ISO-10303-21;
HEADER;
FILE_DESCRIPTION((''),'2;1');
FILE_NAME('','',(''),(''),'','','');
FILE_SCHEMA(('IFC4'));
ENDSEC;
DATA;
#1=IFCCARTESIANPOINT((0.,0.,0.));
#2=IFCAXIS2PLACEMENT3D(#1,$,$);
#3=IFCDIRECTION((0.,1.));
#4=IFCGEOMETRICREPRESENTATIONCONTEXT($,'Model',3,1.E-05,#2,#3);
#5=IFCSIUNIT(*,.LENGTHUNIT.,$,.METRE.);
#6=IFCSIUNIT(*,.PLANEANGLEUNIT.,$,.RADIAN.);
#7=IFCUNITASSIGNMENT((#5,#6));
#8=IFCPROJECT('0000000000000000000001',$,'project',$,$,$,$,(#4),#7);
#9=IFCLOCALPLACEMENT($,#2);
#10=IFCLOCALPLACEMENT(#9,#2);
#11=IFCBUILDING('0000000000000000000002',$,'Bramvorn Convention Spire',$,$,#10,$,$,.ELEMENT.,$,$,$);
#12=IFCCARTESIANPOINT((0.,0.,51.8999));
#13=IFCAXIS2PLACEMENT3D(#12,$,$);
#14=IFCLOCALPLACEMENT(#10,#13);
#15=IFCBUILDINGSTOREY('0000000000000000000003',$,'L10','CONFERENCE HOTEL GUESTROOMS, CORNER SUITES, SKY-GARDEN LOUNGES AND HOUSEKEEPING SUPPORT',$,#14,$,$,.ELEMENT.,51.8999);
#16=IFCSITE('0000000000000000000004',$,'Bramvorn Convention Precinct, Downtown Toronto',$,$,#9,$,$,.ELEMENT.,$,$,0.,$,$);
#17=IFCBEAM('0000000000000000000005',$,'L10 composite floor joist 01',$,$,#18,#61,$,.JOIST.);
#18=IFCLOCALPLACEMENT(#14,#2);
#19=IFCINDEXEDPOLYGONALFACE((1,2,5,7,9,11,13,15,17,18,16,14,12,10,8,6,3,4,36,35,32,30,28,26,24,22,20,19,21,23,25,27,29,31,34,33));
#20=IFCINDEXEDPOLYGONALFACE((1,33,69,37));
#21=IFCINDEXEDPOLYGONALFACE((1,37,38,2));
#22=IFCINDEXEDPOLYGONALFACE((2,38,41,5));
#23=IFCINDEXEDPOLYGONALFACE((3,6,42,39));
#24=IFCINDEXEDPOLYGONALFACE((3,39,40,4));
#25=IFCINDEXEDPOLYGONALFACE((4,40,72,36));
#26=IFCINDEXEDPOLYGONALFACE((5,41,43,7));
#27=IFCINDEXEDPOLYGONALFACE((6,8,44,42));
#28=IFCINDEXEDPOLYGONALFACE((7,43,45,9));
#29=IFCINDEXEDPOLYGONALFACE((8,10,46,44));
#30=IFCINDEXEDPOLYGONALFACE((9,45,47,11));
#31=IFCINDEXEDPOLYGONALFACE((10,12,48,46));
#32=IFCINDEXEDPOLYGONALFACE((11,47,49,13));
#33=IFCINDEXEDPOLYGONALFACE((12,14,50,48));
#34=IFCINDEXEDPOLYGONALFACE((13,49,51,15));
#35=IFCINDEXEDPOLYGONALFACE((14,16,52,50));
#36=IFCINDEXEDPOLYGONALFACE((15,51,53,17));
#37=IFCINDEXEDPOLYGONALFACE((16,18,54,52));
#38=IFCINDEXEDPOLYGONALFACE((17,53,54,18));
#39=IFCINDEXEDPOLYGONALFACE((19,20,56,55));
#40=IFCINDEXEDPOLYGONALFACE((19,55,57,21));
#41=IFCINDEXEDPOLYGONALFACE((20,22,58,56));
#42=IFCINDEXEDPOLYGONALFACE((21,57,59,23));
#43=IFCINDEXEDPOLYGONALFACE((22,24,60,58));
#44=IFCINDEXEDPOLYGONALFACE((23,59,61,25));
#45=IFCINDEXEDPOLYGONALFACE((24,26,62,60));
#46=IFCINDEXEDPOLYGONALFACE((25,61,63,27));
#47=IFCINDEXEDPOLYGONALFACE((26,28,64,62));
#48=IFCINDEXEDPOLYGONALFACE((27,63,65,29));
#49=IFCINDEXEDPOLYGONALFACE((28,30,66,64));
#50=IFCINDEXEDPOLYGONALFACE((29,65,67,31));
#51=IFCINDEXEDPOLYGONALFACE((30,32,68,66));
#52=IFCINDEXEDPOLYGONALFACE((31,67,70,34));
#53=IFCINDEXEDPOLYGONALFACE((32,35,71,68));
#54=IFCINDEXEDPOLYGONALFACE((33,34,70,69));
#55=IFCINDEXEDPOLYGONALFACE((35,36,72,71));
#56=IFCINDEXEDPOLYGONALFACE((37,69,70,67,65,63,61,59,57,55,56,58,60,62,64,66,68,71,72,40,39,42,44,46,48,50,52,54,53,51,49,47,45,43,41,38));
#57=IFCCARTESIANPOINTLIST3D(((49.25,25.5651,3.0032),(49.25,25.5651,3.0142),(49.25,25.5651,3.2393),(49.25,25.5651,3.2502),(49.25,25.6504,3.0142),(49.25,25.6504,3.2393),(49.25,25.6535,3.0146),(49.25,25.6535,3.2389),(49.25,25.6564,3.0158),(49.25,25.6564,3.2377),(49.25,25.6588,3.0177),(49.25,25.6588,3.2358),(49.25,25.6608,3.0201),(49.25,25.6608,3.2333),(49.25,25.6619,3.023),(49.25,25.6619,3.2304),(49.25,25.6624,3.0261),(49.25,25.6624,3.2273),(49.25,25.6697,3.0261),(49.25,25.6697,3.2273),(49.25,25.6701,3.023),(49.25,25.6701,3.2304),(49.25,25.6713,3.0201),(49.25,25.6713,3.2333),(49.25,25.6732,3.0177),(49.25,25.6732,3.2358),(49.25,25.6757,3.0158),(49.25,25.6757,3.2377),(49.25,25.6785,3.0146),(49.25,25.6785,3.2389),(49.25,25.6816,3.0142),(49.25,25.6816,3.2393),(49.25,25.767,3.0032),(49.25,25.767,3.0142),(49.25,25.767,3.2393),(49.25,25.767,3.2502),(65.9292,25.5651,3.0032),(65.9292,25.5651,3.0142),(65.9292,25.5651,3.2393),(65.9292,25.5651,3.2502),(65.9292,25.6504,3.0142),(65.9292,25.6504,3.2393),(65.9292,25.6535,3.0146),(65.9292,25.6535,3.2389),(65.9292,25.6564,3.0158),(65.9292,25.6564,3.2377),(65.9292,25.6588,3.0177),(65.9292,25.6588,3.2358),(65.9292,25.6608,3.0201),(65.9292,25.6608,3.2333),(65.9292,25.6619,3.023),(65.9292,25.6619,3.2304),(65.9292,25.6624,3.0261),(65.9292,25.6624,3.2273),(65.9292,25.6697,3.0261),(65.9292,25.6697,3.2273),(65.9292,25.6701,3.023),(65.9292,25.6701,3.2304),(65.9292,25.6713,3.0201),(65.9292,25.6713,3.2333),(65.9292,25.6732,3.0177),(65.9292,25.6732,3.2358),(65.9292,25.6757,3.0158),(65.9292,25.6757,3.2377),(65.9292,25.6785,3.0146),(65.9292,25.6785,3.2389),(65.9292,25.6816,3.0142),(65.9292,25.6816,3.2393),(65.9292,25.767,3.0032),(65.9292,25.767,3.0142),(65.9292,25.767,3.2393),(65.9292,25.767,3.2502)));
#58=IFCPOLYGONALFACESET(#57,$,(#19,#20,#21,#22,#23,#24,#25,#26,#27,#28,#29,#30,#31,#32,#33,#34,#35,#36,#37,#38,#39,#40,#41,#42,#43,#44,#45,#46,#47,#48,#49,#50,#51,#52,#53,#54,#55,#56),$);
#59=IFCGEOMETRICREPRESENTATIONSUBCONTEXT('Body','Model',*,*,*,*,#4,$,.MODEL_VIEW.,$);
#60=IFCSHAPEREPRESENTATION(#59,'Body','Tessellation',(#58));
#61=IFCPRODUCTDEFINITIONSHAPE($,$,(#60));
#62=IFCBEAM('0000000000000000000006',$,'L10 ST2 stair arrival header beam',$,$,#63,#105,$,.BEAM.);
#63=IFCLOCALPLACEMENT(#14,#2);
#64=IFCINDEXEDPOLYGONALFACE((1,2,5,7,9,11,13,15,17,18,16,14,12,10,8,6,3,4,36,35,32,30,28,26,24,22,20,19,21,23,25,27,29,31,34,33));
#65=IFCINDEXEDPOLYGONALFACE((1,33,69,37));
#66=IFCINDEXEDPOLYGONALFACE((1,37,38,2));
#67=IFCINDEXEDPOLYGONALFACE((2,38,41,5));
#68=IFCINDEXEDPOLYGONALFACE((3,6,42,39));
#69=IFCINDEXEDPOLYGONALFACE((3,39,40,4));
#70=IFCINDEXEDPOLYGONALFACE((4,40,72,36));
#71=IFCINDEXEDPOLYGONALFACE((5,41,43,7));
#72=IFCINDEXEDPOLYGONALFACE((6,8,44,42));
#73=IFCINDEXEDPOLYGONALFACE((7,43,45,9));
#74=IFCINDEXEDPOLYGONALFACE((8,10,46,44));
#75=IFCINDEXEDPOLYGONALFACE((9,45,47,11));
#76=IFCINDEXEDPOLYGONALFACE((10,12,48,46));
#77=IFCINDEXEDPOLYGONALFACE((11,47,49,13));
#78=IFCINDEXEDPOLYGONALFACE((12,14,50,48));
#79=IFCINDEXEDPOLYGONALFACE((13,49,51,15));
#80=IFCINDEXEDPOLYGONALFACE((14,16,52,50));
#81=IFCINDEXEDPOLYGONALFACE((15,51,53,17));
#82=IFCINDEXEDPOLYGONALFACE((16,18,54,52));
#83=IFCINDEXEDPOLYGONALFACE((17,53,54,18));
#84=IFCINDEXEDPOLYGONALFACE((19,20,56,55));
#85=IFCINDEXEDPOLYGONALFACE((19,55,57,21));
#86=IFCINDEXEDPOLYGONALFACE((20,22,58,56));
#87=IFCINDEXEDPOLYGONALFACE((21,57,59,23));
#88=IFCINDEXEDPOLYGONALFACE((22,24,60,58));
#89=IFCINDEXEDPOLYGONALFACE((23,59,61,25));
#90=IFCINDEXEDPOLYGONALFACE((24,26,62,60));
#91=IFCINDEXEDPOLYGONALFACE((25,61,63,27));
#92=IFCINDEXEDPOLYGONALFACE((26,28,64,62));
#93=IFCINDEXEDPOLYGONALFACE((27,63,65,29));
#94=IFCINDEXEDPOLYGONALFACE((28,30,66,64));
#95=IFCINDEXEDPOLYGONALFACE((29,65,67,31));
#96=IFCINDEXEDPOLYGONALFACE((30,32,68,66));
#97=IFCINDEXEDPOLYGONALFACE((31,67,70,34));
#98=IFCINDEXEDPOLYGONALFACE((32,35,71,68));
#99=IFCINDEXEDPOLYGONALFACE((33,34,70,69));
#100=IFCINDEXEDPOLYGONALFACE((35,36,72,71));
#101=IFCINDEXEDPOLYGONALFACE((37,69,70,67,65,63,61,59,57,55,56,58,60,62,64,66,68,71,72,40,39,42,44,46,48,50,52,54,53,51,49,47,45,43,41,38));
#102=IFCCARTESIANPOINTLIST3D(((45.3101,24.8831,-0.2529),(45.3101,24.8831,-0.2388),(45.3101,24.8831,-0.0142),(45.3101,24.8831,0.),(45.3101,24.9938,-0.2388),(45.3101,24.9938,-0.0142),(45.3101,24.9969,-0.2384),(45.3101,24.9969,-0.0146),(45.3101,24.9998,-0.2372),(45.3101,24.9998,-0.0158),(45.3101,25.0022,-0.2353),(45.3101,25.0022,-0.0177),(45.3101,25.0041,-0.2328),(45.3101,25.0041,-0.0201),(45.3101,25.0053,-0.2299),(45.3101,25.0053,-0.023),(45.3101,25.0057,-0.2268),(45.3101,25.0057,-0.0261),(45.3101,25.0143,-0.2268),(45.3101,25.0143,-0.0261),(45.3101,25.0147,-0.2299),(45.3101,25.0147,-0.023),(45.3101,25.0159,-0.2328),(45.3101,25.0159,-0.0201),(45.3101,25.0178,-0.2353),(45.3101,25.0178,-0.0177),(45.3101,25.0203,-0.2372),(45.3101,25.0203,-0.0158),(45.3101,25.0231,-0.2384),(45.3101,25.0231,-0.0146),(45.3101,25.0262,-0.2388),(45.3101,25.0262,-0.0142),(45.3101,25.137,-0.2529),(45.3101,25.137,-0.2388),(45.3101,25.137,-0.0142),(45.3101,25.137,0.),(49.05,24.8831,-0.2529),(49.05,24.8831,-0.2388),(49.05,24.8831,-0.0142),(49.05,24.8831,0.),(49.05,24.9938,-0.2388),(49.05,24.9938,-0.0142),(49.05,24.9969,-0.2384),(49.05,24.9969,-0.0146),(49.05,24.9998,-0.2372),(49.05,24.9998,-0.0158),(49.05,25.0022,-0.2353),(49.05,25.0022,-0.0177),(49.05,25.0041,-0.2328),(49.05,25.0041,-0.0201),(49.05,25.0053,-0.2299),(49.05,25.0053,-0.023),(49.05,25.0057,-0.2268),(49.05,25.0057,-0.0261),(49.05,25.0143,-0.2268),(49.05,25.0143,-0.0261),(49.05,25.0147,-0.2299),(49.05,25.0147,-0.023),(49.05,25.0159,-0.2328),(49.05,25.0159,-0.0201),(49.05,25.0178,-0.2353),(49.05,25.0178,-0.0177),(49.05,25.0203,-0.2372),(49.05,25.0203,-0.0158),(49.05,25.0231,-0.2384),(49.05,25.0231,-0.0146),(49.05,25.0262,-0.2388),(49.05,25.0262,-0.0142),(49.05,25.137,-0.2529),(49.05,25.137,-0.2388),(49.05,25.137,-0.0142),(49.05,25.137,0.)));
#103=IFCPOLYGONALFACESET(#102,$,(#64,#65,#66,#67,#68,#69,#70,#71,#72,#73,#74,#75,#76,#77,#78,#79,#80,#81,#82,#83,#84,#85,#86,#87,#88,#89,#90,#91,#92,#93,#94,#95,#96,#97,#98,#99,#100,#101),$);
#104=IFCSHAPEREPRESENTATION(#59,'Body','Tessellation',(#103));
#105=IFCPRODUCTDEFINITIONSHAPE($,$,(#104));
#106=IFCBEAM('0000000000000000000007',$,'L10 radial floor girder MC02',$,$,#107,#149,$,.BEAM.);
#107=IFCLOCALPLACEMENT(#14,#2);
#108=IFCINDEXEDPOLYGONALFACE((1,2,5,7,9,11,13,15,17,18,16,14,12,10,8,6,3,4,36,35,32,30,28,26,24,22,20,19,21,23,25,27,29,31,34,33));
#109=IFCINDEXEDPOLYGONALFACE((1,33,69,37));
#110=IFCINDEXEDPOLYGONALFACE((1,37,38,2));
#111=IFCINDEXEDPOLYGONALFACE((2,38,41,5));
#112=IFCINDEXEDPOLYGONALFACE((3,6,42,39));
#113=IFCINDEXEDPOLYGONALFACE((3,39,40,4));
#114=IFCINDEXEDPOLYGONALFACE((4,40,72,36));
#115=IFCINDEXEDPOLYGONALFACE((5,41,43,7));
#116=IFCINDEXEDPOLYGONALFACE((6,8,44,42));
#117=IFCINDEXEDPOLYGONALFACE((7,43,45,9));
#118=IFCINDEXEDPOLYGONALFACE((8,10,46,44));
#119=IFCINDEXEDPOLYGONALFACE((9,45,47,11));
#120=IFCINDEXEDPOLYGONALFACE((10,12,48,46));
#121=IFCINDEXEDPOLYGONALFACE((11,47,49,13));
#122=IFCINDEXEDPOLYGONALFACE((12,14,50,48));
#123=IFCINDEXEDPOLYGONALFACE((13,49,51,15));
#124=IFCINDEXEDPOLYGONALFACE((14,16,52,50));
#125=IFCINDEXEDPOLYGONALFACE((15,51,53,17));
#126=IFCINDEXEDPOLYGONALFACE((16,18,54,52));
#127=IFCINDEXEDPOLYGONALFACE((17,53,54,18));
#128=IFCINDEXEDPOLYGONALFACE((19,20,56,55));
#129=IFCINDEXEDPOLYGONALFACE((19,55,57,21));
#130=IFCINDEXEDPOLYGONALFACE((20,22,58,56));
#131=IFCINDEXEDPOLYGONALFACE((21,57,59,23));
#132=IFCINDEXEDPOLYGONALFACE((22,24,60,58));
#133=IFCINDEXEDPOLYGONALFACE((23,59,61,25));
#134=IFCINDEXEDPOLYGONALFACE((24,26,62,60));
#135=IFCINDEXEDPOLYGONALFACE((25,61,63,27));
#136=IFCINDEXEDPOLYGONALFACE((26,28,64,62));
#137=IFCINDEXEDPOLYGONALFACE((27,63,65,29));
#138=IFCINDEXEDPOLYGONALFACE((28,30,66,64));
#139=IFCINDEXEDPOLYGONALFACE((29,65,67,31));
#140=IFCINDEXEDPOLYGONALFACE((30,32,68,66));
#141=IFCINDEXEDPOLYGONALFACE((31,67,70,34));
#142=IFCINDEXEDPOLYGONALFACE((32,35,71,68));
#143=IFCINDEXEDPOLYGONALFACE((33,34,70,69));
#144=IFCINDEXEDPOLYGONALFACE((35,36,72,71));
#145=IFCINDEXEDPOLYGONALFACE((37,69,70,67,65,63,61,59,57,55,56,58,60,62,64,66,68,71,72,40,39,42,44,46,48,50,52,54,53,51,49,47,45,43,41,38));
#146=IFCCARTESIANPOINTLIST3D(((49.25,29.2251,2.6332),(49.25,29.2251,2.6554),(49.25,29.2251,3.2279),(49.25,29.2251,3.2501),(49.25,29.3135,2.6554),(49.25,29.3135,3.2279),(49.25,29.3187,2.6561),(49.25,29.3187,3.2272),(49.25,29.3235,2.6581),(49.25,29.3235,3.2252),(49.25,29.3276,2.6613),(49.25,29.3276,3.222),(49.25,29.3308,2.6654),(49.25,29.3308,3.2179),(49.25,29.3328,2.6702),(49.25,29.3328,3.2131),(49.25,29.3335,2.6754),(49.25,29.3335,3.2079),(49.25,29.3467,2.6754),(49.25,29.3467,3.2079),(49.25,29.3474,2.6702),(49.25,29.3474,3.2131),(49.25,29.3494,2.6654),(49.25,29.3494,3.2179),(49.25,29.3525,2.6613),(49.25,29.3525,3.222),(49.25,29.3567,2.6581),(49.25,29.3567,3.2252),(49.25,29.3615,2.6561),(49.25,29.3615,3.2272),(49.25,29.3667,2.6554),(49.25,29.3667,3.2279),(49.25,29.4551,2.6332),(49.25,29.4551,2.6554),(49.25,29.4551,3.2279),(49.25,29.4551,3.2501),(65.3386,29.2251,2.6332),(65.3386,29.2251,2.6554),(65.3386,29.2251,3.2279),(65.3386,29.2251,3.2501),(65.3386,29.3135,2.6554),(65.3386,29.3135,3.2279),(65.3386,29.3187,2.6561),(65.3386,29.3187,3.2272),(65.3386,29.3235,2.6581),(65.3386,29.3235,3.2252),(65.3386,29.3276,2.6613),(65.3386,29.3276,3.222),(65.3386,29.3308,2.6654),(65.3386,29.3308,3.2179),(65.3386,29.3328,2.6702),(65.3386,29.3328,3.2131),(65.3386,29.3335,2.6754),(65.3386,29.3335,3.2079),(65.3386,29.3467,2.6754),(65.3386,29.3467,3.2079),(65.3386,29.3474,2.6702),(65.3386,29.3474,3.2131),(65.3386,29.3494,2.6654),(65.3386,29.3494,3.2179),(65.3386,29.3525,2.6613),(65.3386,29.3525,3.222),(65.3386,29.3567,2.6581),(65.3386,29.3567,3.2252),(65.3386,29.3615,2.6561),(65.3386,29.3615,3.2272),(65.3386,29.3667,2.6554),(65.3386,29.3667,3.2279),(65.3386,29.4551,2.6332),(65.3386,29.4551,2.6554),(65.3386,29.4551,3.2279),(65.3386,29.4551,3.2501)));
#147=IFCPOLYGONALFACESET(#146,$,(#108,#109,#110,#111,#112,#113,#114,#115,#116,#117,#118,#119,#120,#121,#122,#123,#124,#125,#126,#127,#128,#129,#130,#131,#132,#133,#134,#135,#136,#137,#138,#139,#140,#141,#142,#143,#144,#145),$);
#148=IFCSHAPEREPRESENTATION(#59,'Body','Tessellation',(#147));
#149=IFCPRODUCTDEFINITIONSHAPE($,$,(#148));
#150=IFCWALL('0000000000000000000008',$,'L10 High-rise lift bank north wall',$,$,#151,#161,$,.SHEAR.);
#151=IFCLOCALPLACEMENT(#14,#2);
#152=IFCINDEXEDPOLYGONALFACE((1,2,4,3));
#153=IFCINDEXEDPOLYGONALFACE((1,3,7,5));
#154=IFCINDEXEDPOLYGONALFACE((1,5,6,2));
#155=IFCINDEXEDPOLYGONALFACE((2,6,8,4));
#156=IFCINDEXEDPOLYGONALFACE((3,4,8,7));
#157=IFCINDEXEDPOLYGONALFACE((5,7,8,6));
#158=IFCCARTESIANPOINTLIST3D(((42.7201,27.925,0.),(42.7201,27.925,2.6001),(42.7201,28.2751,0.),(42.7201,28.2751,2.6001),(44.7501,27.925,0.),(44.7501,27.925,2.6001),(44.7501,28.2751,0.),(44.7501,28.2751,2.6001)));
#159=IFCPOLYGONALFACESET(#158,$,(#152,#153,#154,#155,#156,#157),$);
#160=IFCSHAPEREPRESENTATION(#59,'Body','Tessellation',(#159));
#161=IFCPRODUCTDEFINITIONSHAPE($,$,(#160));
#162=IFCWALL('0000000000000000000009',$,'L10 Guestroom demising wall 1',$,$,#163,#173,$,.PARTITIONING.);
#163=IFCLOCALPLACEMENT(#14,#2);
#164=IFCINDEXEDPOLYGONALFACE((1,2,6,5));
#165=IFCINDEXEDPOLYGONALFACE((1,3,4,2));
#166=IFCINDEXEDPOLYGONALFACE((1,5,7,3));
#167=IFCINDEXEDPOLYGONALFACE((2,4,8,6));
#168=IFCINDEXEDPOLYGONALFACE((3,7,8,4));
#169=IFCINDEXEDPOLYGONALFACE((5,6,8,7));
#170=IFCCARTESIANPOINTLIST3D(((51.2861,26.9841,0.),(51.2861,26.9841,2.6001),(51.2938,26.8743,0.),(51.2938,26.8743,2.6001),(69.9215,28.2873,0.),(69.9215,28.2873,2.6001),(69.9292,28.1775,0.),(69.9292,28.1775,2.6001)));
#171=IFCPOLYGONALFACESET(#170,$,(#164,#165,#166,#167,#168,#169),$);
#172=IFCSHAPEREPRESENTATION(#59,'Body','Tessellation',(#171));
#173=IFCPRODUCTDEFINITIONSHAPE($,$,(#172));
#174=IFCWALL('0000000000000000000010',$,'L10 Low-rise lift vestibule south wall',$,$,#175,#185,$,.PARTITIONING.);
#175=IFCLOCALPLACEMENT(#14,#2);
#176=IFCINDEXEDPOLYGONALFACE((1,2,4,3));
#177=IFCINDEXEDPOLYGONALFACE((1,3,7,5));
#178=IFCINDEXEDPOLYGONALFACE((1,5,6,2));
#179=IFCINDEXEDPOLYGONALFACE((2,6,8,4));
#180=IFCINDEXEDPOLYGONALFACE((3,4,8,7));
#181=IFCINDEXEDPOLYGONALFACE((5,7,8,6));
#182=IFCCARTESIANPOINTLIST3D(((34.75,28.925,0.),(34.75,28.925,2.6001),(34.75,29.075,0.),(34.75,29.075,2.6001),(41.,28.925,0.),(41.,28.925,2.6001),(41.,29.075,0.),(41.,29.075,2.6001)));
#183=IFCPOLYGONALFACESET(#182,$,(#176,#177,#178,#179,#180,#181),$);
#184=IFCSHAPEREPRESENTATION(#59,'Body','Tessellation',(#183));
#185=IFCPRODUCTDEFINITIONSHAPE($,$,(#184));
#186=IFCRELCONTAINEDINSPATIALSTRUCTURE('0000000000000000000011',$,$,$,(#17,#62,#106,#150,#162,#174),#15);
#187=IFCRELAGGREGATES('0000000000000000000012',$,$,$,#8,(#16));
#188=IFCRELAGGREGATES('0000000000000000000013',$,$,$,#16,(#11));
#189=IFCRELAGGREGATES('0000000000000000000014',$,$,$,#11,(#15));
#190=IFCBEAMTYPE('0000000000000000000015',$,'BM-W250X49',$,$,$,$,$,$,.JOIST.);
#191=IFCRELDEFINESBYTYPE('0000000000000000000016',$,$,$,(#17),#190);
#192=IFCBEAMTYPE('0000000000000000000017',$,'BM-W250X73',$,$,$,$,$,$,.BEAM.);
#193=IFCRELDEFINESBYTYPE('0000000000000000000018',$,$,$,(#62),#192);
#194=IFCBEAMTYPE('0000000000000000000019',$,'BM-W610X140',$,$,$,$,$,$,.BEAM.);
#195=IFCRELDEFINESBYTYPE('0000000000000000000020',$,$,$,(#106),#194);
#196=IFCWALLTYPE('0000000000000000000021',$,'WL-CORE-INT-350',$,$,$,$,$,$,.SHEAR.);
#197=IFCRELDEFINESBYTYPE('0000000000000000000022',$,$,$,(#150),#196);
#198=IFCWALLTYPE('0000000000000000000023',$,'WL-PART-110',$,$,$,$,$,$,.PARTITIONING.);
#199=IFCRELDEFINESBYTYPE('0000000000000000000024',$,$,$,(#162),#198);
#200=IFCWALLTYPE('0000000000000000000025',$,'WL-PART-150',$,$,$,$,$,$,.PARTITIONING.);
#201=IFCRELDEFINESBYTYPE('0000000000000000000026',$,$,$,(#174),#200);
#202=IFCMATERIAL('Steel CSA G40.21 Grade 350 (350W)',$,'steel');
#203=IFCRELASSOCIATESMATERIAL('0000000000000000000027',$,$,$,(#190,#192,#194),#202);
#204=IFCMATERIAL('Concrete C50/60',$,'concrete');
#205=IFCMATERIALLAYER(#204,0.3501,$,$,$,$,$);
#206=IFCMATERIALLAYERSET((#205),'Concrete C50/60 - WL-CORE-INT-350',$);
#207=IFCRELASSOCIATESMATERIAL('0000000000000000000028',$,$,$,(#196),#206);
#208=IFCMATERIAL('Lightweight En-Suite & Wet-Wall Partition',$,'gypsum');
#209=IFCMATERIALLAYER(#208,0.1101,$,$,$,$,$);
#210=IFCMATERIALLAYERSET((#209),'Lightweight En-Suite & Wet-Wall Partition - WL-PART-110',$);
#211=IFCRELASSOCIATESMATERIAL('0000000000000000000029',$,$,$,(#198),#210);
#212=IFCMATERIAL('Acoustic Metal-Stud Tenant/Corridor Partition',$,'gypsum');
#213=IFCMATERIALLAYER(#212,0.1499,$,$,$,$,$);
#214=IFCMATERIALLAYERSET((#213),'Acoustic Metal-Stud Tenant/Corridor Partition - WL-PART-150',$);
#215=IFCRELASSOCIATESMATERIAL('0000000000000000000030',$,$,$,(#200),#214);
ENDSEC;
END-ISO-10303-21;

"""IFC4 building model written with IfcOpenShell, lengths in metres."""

from ifc_helpers import new_model, si_unit, direction, frame, frame_2d, origin, origin_2d, place, context, subcontext, project, spatial, rectangle, i_section, extrude, material, layer, layer_set, material_profile, profile_set, type_object, element, save


model = new_model("IFC4")

# Units and contexts
model_context = context("Model", 3, precision=1e-05, world=origin(), true_north=direction((0.0, 1.0)))
body_context = subcontext(model_context, "Body", "Model", "MODEL_VIEW")
ifc_project = project(units=[si_unit("LENGTHUNIT", "METRE"), si_unit("PLANEANGLEUNIT", "RADIAN")], contexts=[model_context])

# Site, building, storey
site_placement = place(None, origin())
site = spatial("IfcSite", under=ifc_project, at=site_placement, Name="Bramvorn Convention Precinct, Downtown Toronto", CompositionType="ELEMENT", RefElevation=0.0)
building_placement = place(site_placement, origin())
building = spatial("IfcBuilding", under=site, at=building_placement, Name="Bramvorn Convention Spire", CompositionType="ELEMENT")
storey_placement = place(building_placement, frame((0.0, 0.0, 51.8999)))
storey = spatial("IfcBuildingStorey", under=building, at=storey_placement, Name="L10", Description="CONFERENCE HOTEL GUESTROOMS, CORNER SUITES, SKY-GARDEN LOUNGES AND HOUSEKEEPING SUPPORT", CompositionType="ELEMENT", Elevation=51.8999)

# Beams
ifc_material_1 = material(Name="Steel CSA G40.21 Grade 350 (350W)", Category="steel")
ifc_material_profile_1 = material_profile(ifc_material_1, i_section(OverallWidth=0.2019, OverallDepth=0.2471, WebThickness=0.0073, FlangeThickness=0.011, FilletRadius=0.012, at=origin_2d()))
ifc_profile_set_1 = profile_set([ifc_material_profile_1], Name="Steel CSA G40.21 Grade 350 (350W) - W250X49")
beam_type_1 = type_object("IfcBeamType", Name="BM-W250X49", PredefinedType="JOIST", material=ifc_profile_set_1)
beam_1_placement = place(storey_placement, frame((49.25, 25.666, 3.1267), z_axis=(1.0, 0.0, 0.0), x_axis=(0.0, 1.0, 0.0)))
element("IfcBeam", 1, at=beam_1_placement, inside=storey, type_object=beam_type_1, Name="L10 composite floor joist 01", PredefinedType="JOIST", context=body_context, shape_type="SweptSolid", body=[
    extrude(i_section(OverallWidth=0.2019, OverallDepth=0.2471, WebThickness=0.0073, FlangeThickness=0.011, FilletRadius=0.012, at=origin_2d()), origin(), (0.0, 0.0, 1.0), 16.6792),
])
ifc_material_profile_2 = material_profile(ifc_material_1, i_section(OverallWidth=0.2539, OverallDepth=0.2529, WebThickness=0.0085, FlangeThickness=0.0142, FilletRadius=0.012, at=origin_2d()))
ifc_profile_set_2 = profile_set([ifc_material_profile_2], Name="Steel CSA G40.21 Grade 350 (350W) - W250X73")
beam_type_2 = type_object("IfcBeamType", Name="BM-W250X73", PredefinedType="BEAM", material=ifc_profile_set_2)
beam_2_placement = place(storey_placement, frame((45.3101, 25.01, -0.1265), z_axis=(1.0, 0.0, 0.0), x_axis=(0.0, 1.0, 0.0)))
element("IfcBeam", 2, at=beam_2_placement, inside=storey, type_object=beam_type_2, Name="L10 ST2 stair arrival header beam", PredefinedType="BEAM", context=body_context, shape_type="SweptSolid", body=[
    extrude(i_section(OverallWidth=0.2539, OverallDepth=0.2529, WebThickness=0.0085, FlangeThickness=0.0142, FilletRadius=0.012, at=origin_2d()), origin(), (0.0, 0.0, 1.0), 3.74),
])
ifc_material_profile_3 = material_profile(ifc_material_1, i_section(OverallWidth=0.23, OverallDepth=0.6169, WebThickness=0.0132, FlangeThickness=0.0222, FilletRadius=0.02, at=origin_2d()))
ifc_profile_set_3 = profile_set([ifc_material_profile_3], Name="Steel CSA G40.21 Grade 350 (350W) - W610X140")
beam_type_3 = type_object("IfcBeamType", Name="BM-W610X140", PredefinedType="BEAM", material=ifc_profile_set_3)
beam_3_placement = place(storey_placement, frame((49.25, 29.3401, 2.9417), z_axis=(1.0, 0.0, 0.0), x_axis=(0.0, 1.0, 0.0)))
element("IfcBeam", 3, at=beam_3_placement, inside=storey, type_object=beam_type_3, Name="L10 radial floor girder MC02", PredefinedType="BEAM", context=body_context, shape_type="SweptSolid", body=[
    extrude(i_section(OverallWidth=0.23, OverallDepth=0.6169, WebThickness=0.0132, FlangeThickness=0.0222, FilletRadius=0.02, at=origin_2d()), origin(), (0.0, 0.0, 1.0), 16.0886),
])

# Walls
ifc_material_2 = material(Name="Concrete C50/60", Category="concrete")
ifc_layer_1 = layer(ifc_material_2, 0.3501)
ifc_layer_set_1 = layer_set([ifc_layer_1], Name="Concrete C50/60 - WL-CORE-INT-350")
wall_type_1 = type_object("IfcWallType", Name="WL-CORE-INT-350", PredefinedType="SHEAR", material=ifc_layer_set_1)
wall_1_placement = place(storey_placement, frame((42.72, 28.1001, 0.0), z_axis=(0.0, 0.0, 1.0), x_axis=(1.0, 0.0, 0.0)))
element("IfcWall", 4, at=wall_1_placement, inside=storey, type_object=wall_type_1, Name="L10 High-rise lift bank north wall", PredefinedType="SHEAR", context=body_context, shape_type="SweptSolid", body=[
    extrude(rectangle(XDim=2.03, YDim=0.3501, at=frame_2d((1.0151, 0.0))), origin(), (0.0, 0.0, 1.0), 2.6001),
])
ifc_material_3 = material(Name="Lightweight En-Suite & Wet-Wall Partition", Category="gypsum")
ifc_layer_2 = layer(ifc_material_3, 0.1101)
ifc_layer_set_2 = layer_set([ifc_layer_2], Name="Lightweight En-Suite & Wet-Wall Partition - WL-PART-110")
wall_type_2 = type_object("IfcWallType", Name="WL-PART-110", PredefinedType="PARTITIONING", material=ifc_layer_set_2)
wall_2_placement = place(storey_placement, frame((51.29, 26.9292, 0.0), z_axis=(0.0, 0.0, 1.0), x_axis=(0.997564, 0.069762, 0.0)))
element("IfcWall", 5, at=wall_2_placement, inside=storey, type_object=wall_type_2, Name="L10 Guestroom demising wall 1", PredefinedType="PARTITIONING", context=body_context, shape_type="SweptSolid", body=[
    extrude(rectangle(XDim=18.6809, YDim=0.1101, at=frame_2d((9.3403, 0.0))), origin(), (0.0, 0.0, 1.0), 2.6001),
])
ifc_material_4 = material(Name="Acoustic Metal-Stud Tenant/Corridor Partition", Category="gypsum")
ifc_layer_3 = layer(ifc_material_4, 0.1499)
ifc_layer_set_3 = layer_set([ifc_layer_3], Name="Acoustic Metal-Stud Tenant/Corridor Partition - WL-PART-150")
wall_type_3 = type_object("IfcWallType", Name="WL-PART-150", PredefinedType="PARTITIONING", material=ifc_layer_set_3)
for number, where, z_axis, x_axis, name in (
    (6, (34.75, 29.0, 0.0), (0.0, 0.0, 1.0), (1.0, 0.0, 0.0), "L10 Low-rise lift vestibule south wall"),
):
    element("IfcWall", number, at=place(storey_placement, frame(where, z_axis=z_axis, x_axis=x_axis)), inside=storey, type_object=wall_type_3, Name=name, PredefinedType="PARTITIONING", context=body_context, shape_type="SweptSolid", body=[
        extrude(rectangle(XDim=6.25, YDim=0.1499, at=frame_2d((3.125, 0.0))), origin(), (0.0, 0.0, 1.0), 2.6001),
    ])

save(model, "model.ifc")
